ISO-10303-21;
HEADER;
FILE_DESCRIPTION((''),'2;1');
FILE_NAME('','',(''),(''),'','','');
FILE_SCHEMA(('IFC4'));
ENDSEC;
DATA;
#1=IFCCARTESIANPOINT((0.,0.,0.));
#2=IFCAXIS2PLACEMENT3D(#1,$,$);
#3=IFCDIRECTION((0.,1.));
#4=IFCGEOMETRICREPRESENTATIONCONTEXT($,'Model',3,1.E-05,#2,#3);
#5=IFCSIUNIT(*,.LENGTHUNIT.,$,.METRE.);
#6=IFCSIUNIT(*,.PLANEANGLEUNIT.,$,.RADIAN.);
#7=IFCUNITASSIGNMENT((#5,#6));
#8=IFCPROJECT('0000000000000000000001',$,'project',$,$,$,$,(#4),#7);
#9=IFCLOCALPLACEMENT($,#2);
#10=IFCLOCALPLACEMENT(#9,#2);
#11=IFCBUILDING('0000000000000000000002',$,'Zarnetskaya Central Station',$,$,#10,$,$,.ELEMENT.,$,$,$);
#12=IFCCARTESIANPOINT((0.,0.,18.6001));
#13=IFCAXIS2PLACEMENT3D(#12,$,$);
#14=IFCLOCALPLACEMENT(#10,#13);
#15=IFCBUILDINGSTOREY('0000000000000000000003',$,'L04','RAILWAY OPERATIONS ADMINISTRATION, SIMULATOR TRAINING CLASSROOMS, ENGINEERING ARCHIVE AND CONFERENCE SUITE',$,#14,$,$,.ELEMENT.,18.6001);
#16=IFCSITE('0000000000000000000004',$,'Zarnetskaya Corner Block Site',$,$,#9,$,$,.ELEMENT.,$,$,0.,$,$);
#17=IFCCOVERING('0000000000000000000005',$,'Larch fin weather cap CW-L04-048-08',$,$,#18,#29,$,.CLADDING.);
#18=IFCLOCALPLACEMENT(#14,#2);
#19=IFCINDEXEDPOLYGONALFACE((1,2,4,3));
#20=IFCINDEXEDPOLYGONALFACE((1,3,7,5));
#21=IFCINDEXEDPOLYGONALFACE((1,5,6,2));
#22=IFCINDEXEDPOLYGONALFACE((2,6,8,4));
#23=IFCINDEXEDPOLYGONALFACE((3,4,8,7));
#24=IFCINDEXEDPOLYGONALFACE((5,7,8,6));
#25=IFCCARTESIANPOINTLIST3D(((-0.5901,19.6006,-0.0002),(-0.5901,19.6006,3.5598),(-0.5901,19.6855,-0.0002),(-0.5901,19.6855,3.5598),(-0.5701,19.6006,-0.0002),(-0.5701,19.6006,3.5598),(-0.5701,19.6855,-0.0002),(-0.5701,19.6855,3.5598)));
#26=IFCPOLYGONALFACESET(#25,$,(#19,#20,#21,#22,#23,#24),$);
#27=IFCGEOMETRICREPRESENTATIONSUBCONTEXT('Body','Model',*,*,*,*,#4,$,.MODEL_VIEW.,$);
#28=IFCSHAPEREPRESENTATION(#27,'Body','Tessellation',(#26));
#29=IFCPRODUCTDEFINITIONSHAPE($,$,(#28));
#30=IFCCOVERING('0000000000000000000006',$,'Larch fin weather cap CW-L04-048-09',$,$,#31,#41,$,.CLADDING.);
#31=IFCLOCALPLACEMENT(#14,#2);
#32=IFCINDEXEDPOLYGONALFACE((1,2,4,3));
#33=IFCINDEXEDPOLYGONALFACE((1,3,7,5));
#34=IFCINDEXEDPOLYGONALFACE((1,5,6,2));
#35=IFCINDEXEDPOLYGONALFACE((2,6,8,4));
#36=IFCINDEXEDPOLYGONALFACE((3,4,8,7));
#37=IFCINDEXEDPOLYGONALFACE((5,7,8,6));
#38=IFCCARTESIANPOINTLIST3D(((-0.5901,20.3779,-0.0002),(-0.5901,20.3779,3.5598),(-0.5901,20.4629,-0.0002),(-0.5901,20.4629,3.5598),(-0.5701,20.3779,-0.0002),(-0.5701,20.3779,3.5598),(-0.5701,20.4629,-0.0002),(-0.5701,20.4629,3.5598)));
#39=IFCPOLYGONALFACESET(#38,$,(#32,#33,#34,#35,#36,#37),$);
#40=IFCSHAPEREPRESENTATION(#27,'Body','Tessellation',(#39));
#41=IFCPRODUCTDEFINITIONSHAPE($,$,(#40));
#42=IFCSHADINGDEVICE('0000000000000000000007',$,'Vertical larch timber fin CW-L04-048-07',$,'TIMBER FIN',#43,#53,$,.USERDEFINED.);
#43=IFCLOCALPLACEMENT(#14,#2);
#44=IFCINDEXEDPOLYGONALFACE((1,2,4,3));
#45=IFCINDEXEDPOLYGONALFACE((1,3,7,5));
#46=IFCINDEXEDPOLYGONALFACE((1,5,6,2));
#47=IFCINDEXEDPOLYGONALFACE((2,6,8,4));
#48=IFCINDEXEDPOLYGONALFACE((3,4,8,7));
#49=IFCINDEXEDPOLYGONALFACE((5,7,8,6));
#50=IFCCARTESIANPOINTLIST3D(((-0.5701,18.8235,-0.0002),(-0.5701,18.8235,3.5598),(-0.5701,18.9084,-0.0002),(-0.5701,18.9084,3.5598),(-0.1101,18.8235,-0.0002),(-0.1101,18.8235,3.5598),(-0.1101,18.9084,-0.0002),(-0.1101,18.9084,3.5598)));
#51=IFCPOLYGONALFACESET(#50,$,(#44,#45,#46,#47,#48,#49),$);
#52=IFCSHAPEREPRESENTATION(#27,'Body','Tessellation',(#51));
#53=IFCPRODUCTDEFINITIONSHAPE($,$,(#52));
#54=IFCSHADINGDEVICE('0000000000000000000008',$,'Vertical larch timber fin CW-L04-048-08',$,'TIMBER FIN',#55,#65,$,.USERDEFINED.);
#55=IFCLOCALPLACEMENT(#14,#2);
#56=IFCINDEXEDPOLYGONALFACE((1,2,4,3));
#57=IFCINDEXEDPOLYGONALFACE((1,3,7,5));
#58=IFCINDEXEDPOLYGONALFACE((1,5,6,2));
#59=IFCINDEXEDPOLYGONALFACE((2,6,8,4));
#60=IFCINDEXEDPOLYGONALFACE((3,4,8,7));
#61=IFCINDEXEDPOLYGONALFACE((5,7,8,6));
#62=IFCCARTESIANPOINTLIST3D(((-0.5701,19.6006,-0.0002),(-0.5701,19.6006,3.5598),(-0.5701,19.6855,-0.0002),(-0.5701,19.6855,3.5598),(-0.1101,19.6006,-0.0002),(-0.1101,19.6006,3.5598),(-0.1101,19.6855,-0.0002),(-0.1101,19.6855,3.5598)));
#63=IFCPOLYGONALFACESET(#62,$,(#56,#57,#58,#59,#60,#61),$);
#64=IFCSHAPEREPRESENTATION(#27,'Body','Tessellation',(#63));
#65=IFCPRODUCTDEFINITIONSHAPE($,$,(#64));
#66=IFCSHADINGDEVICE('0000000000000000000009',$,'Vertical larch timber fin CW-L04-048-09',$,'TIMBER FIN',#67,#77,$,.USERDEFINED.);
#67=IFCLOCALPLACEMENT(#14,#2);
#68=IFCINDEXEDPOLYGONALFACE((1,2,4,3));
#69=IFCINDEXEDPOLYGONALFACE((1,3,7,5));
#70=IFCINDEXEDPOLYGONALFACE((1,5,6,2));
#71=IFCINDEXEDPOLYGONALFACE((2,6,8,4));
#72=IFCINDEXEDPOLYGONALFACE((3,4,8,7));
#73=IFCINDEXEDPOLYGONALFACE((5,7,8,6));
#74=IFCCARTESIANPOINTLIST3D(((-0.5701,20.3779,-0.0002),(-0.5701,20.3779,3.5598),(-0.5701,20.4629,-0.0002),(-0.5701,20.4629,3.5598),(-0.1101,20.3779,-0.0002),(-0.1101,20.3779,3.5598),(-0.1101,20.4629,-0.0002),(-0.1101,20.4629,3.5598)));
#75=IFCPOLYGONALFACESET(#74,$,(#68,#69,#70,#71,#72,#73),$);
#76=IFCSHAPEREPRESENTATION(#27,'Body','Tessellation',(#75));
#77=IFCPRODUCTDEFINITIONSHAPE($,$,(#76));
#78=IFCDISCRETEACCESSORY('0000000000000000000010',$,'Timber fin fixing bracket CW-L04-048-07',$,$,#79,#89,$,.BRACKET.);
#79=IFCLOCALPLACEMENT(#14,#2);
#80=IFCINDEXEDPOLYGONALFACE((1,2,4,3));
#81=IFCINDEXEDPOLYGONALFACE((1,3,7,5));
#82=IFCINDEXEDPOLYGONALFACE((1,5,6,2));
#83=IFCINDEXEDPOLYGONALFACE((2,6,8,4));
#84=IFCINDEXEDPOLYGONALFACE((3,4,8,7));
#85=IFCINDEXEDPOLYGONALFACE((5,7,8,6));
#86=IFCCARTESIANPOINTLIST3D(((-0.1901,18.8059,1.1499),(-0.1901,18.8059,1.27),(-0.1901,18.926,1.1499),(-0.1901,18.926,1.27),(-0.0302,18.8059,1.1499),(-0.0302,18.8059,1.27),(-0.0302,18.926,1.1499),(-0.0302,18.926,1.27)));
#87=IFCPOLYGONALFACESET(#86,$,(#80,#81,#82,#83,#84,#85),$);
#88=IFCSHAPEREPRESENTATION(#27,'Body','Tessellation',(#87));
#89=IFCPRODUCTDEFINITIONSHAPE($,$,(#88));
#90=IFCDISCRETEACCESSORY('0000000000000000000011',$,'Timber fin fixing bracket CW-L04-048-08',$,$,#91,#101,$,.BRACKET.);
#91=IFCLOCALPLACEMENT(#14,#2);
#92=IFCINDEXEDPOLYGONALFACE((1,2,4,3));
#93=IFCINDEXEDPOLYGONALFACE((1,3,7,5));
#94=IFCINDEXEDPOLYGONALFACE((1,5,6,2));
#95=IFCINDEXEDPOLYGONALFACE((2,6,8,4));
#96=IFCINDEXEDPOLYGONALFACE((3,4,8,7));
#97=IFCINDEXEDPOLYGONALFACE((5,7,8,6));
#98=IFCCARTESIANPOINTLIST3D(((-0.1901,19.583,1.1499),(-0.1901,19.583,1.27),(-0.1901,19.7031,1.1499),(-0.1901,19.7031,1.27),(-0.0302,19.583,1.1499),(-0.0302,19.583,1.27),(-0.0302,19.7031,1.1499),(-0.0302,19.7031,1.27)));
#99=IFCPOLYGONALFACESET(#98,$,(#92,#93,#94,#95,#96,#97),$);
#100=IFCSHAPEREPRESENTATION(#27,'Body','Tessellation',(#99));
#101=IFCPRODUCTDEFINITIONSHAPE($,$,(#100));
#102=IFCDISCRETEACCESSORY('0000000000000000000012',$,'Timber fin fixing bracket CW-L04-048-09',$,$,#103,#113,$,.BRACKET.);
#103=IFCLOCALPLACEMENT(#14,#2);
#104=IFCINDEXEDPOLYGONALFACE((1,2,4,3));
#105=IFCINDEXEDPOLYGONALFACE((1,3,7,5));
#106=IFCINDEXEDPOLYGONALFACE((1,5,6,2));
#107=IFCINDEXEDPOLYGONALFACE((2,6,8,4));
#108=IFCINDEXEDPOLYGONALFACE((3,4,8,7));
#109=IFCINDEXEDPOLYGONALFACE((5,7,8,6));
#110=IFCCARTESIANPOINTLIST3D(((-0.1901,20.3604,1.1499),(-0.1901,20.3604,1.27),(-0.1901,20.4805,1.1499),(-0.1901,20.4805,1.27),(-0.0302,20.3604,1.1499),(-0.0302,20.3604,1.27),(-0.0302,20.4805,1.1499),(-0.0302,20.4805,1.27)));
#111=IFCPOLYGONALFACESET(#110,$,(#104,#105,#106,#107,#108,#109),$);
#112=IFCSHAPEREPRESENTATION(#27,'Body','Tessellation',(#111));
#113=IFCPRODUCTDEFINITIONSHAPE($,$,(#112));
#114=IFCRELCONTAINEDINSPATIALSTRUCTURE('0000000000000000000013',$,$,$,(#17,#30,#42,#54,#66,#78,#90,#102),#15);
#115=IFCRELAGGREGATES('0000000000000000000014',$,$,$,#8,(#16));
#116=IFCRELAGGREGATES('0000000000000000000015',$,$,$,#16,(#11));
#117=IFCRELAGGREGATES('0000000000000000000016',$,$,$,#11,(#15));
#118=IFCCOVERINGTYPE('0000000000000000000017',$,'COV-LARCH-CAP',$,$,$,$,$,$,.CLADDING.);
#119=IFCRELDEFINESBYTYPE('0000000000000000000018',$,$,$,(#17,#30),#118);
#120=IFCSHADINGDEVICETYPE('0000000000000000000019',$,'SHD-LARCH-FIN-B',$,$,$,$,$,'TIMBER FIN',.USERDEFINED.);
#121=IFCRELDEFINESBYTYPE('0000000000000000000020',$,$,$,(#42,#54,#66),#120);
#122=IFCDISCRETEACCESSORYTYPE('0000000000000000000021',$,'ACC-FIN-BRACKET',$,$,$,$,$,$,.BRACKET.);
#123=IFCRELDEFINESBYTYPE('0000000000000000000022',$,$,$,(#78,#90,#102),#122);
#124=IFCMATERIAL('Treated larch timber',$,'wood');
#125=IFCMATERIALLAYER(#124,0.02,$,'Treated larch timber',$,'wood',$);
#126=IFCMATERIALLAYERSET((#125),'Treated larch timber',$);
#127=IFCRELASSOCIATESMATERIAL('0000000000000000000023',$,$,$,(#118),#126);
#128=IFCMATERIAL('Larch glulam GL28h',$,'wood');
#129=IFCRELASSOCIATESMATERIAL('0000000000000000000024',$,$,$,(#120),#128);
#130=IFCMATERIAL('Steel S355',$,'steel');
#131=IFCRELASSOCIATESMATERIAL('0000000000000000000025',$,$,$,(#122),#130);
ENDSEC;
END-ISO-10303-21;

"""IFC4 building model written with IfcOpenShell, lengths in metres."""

from ifc_helpers import new_model, si_unit, direction, frame, origin, origin_2d, place, context, subcontext, project, spatial, rectangle, extrude, material, layer, layer_set, type_object, element, save


model = new_model("IFC4")

# Units and contexts
model_context = context("Model", 3, precision=1e-05, world=origin(), true_north=direction((0.0, 1.0)))
body_context = subcontext(model_context, "Body", "Model", "MODEL_VIEW")
ifc_project = project(units=[si_unit("LENGTHUNIT", "METRE"), si_unit("PLANEANGLEUNIT", "RADIAN")], contexts=[model_context])

# Site, building, storey
site_placement = place(None, origin())
site = spatial("IfcSite", under=ifc_project, at=site_placement, Name="Zarnetskaya Corner Block Site", CompositionType="ELEMENT", RefElevation=0.0)
building_placement = place(site_placement, origin())
building = spatial("IfcBuilding", under=site, at=building_placement, Name="Zarnetskaya Central Station", CompositionType="ELEMENT")
storey_placement = place(building_placement, frame((0.0, 0.0, 18.6001)))
storey = spatial("IfcBuildingStorey", under=building, at=storey_placement, Name="L04", Description="RAILWAY OPERATIONS ADMINISTRATION, SIMULATOR TRAINING CLASSROOMS, ENGINEERING ARCHIVE AND CONFERENCE SUITE", CompositionType="ELEMENT", Elevation=18.6001)

# Shared definitions
ifc_material_1 = material(Name="Steel S355", Category="steel")

# Coverings
ifc_material_2 = material(Name="Treated larch timber", Category="wood")
ifc_layer_1 = layer(ifc_material_2, 0.02, Name="Treated larch timber", Category="wood")
ifc_layer_set_1 = layer_set([ifc_layer_1], Name="Treated larch timber")
covering_type = type_object("IfcCoveringType", Name="COV-LARCH-CAP", PredefinedType="CLADDING", material=ifc_layer_set_1)
for number, where, z_axis, x_axis, name in (
    (1, (-0.5801, 19.6431, -0.0002), (0.0, 0.0, 1.0), (0.0, 1.0, 0.0), "Larch fin weather cap CW-L04-048-08"),
    (2, (-0.5801, 20.4204, -0.0002), (0.0, 0.0, 1.0), (0.0, 1.0, 0.0), "Larch fin weather cap CW-L04-048-09"),
):
    element("IfcCovering", number, at=place(storey_placement, frame(where, z_axis=z_axis, x_axis=x_axis)), inside=storey, type_object=covering_type, Name=name, PredefinedType="CLADDING", context=body_context, shape_type="SweptSolid", body=[
        extrude(rectangle(XDim=0.085, YDim=0.02, at=origin_2d()), origin(), (0.0, 0.0, 1.0), 3.5601),
    ])

# Shading devices
ifc_material_3 = material(Name="Larch glulam GL28h", Category="wood")
shading_device_type = type_object("IfcShadingDeviceType", Name="SHD-LARCH-FIN-B", ElementType="TIMBER FIN", PredefinedType="USERDEFINED", material=ifc_material_3)
for number, where, z_axis, x_axis, name in (
    (3, (-0.3401, 18.866, -0.0002), (0.0, 0.0, 1.0), (0.0, 1.0, 0.0), "Vertical larch timber fin CW-L04-048-07"),
    (4, (-0.3401, 19.6431, -0.0002), (0.0, 0.0, 1.0), (0.0, 1.0, 0.0), "Vertical larch timber fin CW-L04-048-08"),
    (5, (-0.3401, 20.4204, -0.0002), (0.0, 0.0, 1.0), (0.0, 1.0, 0.0), "Vertical larch timber fin CW-L04-048-09"),
):
    element("IfcShadingDevice", number, at=place(storey_placement, frame(where, z_axis=z_axis, x_axis=x_axis)), inside=storey, type_object=shading_device_type, Name=name, ObjectType="TIMBER FIN", PredefinedType="USERDEFINED", context=body_context, shape_type="SweptSolid", body=[
        extrude(rectangle(XDim=0.085, YDim=0.46, at=origin_2d()), origin(), (0.0, 0.0, 1.0), 3.5601),
    ])

# Discrete accessories
discrete_accessory_type = type_object("IfcDiscreteAccessoryType", Name="ACC-FIN-BRACKET", PredefinedType="BRACKET", material=ifc_material_1)
for number, where, z_axis, x_axis, name in (
    (6, (-0.1101, 18.866, 1.1499), (0.0, 0.0, 1.0), (0.0, 1.0, 0.0), "Timber fin fixing bracket CW-L04-048-07"),
    (7, (-0.1101, 19.6431, 1.1499), (0.0, 0.0, 1.0), (0.0, 1.0, 0.0), "Timber fin fixing bracket CW-L04-048-08"),
    (8, (-0.1101, 20.4204, 1.1499), (0.0, 0.0, 1.0), (0.0, 1.0, 0.0), "Timber fin fixing bracket CW-L04-048-09"),
):
    element("IfcDiscreteAccessory", number, at=place(storey_placement, frame(where, z_axis=z_axis, x_axis=x_axis)), inside=storey, type_object=discrete_accessory_type, Name=name, PredefinedType="BRACKET", context=body_context, shape_type="SweptSolid", body=[
        extrude(rectangle(XDim=0.1201, YDim=0.1599, at=origin_2d()), origin(), (0.0, 0.0, 1.0), 0.1201),
    ])

save(model, "model.ifc")
